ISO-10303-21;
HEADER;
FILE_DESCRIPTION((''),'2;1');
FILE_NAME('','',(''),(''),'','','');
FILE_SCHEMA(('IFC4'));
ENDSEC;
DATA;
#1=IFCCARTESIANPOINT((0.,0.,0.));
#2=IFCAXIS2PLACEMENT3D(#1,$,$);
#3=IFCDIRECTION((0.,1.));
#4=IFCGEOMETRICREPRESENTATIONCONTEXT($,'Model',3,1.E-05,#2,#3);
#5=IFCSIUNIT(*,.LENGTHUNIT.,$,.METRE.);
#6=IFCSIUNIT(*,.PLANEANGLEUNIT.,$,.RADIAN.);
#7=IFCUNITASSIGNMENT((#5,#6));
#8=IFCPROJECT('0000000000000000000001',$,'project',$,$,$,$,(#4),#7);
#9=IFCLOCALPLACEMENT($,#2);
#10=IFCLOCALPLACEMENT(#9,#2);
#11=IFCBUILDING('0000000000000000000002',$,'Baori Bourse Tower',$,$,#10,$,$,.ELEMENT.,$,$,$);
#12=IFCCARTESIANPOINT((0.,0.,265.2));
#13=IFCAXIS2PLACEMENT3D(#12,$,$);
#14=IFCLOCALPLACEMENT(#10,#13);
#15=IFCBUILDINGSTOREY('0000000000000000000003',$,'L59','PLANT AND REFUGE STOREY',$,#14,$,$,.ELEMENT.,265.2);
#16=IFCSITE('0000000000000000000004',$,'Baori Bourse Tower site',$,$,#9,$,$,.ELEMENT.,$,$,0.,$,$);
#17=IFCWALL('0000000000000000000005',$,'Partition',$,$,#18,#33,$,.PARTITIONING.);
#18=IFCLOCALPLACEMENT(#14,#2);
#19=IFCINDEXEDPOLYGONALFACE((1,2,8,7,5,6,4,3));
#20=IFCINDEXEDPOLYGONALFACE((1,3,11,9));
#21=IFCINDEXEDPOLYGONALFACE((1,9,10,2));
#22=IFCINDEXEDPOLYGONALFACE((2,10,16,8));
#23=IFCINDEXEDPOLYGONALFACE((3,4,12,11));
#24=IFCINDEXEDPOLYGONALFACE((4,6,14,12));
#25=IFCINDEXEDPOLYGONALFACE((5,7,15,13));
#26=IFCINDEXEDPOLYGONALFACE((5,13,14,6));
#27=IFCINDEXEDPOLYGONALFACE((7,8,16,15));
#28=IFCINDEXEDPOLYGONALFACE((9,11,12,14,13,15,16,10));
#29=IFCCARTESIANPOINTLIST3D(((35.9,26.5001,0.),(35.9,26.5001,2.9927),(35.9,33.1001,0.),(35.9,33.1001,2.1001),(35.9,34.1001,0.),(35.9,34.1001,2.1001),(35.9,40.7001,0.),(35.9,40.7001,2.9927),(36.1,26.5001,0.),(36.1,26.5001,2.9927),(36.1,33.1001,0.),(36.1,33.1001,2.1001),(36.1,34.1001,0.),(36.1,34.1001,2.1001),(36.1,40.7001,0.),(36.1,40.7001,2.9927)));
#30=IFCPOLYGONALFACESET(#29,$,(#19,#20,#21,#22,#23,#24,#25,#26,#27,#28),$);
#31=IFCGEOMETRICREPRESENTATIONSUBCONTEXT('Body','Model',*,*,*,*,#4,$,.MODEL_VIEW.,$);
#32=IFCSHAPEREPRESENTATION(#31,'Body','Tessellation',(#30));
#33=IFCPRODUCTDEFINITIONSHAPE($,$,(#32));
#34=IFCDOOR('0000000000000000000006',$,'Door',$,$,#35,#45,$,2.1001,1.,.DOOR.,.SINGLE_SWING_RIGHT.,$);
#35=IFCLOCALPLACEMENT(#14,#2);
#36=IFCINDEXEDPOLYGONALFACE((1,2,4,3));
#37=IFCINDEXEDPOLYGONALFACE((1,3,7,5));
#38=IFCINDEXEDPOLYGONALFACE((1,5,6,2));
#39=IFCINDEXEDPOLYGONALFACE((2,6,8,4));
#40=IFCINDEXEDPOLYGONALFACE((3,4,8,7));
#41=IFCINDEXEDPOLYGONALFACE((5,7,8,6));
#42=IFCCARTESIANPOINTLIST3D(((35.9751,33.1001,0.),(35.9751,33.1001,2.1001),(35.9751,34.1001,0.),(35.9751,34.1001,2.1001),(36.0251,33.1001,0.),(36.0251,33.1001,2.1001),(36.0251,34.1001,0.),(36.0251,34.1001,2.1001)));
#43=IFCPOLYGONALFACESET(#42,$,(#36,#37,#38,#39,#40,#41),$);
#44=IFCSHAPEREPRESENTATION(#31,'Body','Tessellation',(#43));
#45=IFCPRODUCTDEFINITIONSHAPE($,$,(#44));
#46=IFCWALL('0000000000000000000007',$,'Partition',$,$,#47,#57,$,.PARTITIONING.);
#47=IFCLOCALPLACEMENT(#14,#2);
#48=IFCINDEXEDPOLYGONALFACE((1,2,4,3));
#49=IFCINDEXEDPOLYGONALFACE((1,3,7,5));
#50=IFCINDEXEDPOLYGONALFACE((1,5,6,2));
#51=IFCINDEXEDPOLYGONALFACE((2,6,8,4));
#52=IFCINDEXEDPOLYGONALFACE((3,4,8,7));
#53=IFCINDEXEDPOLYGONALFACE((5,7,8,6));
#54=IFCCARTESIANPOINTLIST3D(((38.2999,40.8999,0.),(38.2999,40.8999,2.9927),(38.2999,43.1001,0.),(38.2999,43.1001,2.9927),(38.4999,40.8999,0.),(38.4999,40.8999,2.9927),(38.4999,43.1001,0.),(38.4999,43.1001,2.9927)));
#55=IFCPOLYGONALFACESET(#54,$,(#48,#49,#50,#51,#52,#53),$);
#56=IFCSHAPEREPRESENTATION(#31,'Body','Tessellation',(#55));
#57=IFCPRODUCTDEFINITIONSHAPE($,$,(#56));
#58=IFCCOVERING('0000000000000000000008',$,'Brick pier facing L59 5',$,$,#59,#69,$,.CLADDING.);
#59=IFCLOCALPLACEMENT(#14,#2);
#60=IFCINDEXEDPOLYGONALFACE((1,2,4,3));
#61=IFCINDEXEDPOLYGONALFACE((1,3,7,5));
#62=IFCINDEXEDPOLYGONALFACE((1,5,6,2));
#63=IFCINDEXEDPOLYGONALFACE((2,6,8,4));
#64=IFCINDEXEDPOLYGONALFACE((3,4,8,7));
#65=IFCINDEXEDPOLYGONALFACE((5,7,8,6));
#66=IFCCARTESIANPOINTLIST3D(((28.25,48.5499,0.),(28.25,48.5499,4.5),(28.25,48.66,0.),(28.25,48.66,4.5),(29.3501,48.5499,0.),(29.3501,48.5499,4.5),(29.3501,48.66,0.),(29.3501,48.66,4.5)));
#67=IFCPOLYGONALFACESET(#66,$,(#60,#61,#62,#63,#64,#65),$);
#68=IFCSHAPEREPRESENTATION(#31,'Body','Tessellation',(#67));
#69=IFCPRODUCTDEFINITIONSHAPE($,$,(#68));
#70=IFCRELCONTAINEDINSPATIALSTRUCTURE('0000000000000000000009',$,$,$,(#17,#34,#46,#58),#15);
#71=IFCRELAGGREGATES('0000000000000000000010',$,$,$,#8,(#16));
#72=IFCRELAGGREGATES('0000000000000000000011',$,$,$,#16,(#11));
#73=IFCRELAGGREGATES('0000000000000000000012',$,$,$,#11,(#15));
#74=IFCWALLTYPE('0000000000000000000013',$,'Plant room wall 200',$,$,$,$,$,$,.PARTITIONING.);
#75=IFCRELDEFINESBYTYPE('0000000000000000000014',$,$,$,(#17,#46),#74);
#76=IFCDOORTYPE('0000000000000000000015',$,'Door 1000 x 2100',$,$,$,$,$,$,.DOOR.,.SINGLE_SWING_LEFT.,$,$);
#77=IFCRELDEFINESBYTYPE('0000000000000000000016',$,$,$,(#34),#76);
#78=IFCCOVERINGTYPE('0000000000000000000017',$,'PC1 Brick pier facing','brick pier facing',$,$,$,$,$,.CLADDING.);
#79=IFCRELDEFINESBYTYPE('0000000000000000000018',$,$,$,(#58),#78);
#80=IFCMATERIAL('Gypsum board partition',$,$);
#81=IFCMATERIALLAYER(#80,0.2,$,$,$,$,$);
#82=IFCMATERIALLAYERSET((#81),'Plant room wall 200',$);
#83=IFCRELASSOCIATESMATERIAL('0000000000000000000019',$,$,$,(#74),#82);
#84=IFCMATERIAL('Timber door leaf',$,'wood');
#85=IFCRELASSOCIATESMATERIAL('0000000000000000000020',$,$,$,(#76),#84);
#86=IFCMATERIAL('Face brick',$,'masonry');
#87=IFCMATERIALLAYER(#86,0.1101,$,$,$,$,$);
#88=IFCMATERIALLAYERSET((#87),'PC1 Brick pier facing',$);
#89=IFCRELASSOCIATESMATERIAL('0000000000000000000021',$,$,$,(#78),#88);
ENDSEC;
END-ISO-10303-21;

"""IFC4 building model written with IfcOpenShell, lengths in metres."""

from ifc_helpers import new_model, si_unit, direction, frame, frame_2d, origin, origin_2d, place, context, subcontext, project, spatial, rectangle, extrude, material, layer, layer_set, type_object, element, fill, save


model = new_model("IFC4")

# Units and contexts
model_context = context("Model", 3, precision=1e-05, world=origin(), true_north=direction((0.0, 1.0)))
body_context = subcontext(model_context, "Body", "Model", "MODEL_VIEW")
ifc_project = project(units=[si_unit("LENGTHUNIT", "METRE"), si_unit("PLANEANGLEUNIT", "RADIAN")], contexts=[model_context])

# Site, building, storey
site_placement = place(None, origin())
site = spatial("IfcSite", under=ifc_project, at=site_placement, Name="Baori Bourse Tower site", CompositionType="ELEMENT", RefElevation=0.0)
building_placement = place(site_placement, origin())
building = spatial("IfcBuilding", under=site, at=building_placement, Name="Baori Bourse Tower", CompositionType="ELEMENT")
storey_placement = place(building_placement, frame((0.0, 0.0, 265.2)))
storey = spatial("IfcBuildingStorey", under=building, at=storey_placement, Name="L59", Description="PLANT AND REFUGE STOREY", CompositionType="ELEMENT", Elevation=265.2)

# Shared definitions
ifc_material_1 = material(Name="Gypsum board partition")
ifc_layer_1 = layer(ifc_material_1, 0.2)
ifc_layer_set_1 = layer_set([ifc_layer_1], Name="Plant room wall 200")
wall_type = type_object("IfcWallType", Name="Plant room wall 200", PredefinedType="PARTITIONING", material=ifc_layer_set_1)

# Shared definitions
ifc_material_2 = material(Name="Timber door leaf", Category="wood")
door_type = type_object("IfcDoorType", Name="Door 1000 x 2100", OperationType="SINGLE_SWING_LEFT", PredefinedType="DOOR", material=ifc_material_2)

# Wall, opening, door
wall_1_placement = place(storey_placement, frame((36.0, 26.5, 0.0), z_axis=(0.0, 0.0, 1.0), x_axis=(0.0, 1.0, 0.0)))
wall_1 = element("IfcWall", 1, at=wall_1_placement, inside=storey, type_object=wall_type, Name="Partition", PredefinedType="PARTITIONING", context=body_context, shape_type="SweptSolid", body=[
    extrude(rectangle(XDim=14.2, YDim=0.2, at=frame_2d((7.1001, 0.0))), origin(), (0.0, 0.0, 1.0), 2.9927),
])
opening_1_placement = place(wall_1_placement, frame((6.6001, 0.0, 0.0)))
opening_1 = element("IfcOpeningElement", 2, at=opening_1_placement, cuts=wall_1, PredefinedType="OPENING", context=body_context, shape_type="SweptSolid", body=[
    extrude(rectangle(XDim=1.0, YDim=2.1001, at=frame_2d((0.5, 1.05))), frame((0.0, 0.1099, 0.0), z_axis=(0.0, -1.0, 0.0), x_axis=(1.0, 0.0, 0.0)), (0.0, 0.0, 1.0), 0.22),
])
door_1_placement = place(opening_1_placement, origin())
door_1 = element("IfcDoor", 3, at=door_1_placement, inside=storey, type_object=door_type, Name="Door", OperationType="SINGLE_SWING_RIGHT", OverallHeight=2.1001, OverallWidth=1.0, PredefinedType="DOOR", context=body_context, shape_type="SweptSolid", body=[
    extrude(rectangle(XDim=1.0, YDim=2.1001, at=frame_2d((0.5, 1.05))), frame((0.0, 0.0249, 0.0), z_axis=(0.0, -1.0, 0.0), x_axis=(1.0, 0.0, 0.0)), (0.0, 0.0, 1.0), 0.05),
])
fill(opening_1, door_1)

# Wall
wall_2_placement = place(storey_placement, frame((38.3999, 40.8999, 0.0), z_axis=(0.0, 0.0, 1.0), x_axis=(0.0, 1.0, 0.0)))
element("IfcWall", 4, at=wall_2_placement, inside=storey, type_object=wall_type, Name="Partition", PredefinedType="PARTITIONING", context=body_context, shape_type="SweptSolid", body=[
    extrude(rectangle(XDim=2.2002, YDim=0.2, at=frame_2d((1.1001, 0.0))), origin(), (0.0, 0.0, 1.0), 2.9927),
])

# Covering
ifc_material_3 = material(Name="Face brick", Category="masonry")
ifc_layer_2 = layer(ifc_material_3, 0.1101)
ifc_layer_set_2 = layer_set([ifc_layer_2], Name="PC1 Brick pier facing")
covering_type = type_object("IfcCoveringType", Name="PC1 Brick pier facing", Description="brick pier facing", PredefinedType="CLADDING", material=ifc_layer_set_2)
covering_placement = place(storey_placement, frame((28.8, 48.605, 0.0), z_axis=(0.0, 0.0, 1.0), x_axis=(1.0, 0.0, 0.0)))
element("IfcCovering", 5, at=covering_placement, inside=storey, type_object=covering_type, Name="Brick pier facing L59 5", PredefinedType="CLADDING", context=body_context, shape_type="SweptSolid", body=[
    extrude(rectangle(XDim=1.1001, YDim=0.1101, at=origin_2d()), origin(), (0.0, 0.0, 1.0), 4.5),
])

save(model, "model.ifc")
